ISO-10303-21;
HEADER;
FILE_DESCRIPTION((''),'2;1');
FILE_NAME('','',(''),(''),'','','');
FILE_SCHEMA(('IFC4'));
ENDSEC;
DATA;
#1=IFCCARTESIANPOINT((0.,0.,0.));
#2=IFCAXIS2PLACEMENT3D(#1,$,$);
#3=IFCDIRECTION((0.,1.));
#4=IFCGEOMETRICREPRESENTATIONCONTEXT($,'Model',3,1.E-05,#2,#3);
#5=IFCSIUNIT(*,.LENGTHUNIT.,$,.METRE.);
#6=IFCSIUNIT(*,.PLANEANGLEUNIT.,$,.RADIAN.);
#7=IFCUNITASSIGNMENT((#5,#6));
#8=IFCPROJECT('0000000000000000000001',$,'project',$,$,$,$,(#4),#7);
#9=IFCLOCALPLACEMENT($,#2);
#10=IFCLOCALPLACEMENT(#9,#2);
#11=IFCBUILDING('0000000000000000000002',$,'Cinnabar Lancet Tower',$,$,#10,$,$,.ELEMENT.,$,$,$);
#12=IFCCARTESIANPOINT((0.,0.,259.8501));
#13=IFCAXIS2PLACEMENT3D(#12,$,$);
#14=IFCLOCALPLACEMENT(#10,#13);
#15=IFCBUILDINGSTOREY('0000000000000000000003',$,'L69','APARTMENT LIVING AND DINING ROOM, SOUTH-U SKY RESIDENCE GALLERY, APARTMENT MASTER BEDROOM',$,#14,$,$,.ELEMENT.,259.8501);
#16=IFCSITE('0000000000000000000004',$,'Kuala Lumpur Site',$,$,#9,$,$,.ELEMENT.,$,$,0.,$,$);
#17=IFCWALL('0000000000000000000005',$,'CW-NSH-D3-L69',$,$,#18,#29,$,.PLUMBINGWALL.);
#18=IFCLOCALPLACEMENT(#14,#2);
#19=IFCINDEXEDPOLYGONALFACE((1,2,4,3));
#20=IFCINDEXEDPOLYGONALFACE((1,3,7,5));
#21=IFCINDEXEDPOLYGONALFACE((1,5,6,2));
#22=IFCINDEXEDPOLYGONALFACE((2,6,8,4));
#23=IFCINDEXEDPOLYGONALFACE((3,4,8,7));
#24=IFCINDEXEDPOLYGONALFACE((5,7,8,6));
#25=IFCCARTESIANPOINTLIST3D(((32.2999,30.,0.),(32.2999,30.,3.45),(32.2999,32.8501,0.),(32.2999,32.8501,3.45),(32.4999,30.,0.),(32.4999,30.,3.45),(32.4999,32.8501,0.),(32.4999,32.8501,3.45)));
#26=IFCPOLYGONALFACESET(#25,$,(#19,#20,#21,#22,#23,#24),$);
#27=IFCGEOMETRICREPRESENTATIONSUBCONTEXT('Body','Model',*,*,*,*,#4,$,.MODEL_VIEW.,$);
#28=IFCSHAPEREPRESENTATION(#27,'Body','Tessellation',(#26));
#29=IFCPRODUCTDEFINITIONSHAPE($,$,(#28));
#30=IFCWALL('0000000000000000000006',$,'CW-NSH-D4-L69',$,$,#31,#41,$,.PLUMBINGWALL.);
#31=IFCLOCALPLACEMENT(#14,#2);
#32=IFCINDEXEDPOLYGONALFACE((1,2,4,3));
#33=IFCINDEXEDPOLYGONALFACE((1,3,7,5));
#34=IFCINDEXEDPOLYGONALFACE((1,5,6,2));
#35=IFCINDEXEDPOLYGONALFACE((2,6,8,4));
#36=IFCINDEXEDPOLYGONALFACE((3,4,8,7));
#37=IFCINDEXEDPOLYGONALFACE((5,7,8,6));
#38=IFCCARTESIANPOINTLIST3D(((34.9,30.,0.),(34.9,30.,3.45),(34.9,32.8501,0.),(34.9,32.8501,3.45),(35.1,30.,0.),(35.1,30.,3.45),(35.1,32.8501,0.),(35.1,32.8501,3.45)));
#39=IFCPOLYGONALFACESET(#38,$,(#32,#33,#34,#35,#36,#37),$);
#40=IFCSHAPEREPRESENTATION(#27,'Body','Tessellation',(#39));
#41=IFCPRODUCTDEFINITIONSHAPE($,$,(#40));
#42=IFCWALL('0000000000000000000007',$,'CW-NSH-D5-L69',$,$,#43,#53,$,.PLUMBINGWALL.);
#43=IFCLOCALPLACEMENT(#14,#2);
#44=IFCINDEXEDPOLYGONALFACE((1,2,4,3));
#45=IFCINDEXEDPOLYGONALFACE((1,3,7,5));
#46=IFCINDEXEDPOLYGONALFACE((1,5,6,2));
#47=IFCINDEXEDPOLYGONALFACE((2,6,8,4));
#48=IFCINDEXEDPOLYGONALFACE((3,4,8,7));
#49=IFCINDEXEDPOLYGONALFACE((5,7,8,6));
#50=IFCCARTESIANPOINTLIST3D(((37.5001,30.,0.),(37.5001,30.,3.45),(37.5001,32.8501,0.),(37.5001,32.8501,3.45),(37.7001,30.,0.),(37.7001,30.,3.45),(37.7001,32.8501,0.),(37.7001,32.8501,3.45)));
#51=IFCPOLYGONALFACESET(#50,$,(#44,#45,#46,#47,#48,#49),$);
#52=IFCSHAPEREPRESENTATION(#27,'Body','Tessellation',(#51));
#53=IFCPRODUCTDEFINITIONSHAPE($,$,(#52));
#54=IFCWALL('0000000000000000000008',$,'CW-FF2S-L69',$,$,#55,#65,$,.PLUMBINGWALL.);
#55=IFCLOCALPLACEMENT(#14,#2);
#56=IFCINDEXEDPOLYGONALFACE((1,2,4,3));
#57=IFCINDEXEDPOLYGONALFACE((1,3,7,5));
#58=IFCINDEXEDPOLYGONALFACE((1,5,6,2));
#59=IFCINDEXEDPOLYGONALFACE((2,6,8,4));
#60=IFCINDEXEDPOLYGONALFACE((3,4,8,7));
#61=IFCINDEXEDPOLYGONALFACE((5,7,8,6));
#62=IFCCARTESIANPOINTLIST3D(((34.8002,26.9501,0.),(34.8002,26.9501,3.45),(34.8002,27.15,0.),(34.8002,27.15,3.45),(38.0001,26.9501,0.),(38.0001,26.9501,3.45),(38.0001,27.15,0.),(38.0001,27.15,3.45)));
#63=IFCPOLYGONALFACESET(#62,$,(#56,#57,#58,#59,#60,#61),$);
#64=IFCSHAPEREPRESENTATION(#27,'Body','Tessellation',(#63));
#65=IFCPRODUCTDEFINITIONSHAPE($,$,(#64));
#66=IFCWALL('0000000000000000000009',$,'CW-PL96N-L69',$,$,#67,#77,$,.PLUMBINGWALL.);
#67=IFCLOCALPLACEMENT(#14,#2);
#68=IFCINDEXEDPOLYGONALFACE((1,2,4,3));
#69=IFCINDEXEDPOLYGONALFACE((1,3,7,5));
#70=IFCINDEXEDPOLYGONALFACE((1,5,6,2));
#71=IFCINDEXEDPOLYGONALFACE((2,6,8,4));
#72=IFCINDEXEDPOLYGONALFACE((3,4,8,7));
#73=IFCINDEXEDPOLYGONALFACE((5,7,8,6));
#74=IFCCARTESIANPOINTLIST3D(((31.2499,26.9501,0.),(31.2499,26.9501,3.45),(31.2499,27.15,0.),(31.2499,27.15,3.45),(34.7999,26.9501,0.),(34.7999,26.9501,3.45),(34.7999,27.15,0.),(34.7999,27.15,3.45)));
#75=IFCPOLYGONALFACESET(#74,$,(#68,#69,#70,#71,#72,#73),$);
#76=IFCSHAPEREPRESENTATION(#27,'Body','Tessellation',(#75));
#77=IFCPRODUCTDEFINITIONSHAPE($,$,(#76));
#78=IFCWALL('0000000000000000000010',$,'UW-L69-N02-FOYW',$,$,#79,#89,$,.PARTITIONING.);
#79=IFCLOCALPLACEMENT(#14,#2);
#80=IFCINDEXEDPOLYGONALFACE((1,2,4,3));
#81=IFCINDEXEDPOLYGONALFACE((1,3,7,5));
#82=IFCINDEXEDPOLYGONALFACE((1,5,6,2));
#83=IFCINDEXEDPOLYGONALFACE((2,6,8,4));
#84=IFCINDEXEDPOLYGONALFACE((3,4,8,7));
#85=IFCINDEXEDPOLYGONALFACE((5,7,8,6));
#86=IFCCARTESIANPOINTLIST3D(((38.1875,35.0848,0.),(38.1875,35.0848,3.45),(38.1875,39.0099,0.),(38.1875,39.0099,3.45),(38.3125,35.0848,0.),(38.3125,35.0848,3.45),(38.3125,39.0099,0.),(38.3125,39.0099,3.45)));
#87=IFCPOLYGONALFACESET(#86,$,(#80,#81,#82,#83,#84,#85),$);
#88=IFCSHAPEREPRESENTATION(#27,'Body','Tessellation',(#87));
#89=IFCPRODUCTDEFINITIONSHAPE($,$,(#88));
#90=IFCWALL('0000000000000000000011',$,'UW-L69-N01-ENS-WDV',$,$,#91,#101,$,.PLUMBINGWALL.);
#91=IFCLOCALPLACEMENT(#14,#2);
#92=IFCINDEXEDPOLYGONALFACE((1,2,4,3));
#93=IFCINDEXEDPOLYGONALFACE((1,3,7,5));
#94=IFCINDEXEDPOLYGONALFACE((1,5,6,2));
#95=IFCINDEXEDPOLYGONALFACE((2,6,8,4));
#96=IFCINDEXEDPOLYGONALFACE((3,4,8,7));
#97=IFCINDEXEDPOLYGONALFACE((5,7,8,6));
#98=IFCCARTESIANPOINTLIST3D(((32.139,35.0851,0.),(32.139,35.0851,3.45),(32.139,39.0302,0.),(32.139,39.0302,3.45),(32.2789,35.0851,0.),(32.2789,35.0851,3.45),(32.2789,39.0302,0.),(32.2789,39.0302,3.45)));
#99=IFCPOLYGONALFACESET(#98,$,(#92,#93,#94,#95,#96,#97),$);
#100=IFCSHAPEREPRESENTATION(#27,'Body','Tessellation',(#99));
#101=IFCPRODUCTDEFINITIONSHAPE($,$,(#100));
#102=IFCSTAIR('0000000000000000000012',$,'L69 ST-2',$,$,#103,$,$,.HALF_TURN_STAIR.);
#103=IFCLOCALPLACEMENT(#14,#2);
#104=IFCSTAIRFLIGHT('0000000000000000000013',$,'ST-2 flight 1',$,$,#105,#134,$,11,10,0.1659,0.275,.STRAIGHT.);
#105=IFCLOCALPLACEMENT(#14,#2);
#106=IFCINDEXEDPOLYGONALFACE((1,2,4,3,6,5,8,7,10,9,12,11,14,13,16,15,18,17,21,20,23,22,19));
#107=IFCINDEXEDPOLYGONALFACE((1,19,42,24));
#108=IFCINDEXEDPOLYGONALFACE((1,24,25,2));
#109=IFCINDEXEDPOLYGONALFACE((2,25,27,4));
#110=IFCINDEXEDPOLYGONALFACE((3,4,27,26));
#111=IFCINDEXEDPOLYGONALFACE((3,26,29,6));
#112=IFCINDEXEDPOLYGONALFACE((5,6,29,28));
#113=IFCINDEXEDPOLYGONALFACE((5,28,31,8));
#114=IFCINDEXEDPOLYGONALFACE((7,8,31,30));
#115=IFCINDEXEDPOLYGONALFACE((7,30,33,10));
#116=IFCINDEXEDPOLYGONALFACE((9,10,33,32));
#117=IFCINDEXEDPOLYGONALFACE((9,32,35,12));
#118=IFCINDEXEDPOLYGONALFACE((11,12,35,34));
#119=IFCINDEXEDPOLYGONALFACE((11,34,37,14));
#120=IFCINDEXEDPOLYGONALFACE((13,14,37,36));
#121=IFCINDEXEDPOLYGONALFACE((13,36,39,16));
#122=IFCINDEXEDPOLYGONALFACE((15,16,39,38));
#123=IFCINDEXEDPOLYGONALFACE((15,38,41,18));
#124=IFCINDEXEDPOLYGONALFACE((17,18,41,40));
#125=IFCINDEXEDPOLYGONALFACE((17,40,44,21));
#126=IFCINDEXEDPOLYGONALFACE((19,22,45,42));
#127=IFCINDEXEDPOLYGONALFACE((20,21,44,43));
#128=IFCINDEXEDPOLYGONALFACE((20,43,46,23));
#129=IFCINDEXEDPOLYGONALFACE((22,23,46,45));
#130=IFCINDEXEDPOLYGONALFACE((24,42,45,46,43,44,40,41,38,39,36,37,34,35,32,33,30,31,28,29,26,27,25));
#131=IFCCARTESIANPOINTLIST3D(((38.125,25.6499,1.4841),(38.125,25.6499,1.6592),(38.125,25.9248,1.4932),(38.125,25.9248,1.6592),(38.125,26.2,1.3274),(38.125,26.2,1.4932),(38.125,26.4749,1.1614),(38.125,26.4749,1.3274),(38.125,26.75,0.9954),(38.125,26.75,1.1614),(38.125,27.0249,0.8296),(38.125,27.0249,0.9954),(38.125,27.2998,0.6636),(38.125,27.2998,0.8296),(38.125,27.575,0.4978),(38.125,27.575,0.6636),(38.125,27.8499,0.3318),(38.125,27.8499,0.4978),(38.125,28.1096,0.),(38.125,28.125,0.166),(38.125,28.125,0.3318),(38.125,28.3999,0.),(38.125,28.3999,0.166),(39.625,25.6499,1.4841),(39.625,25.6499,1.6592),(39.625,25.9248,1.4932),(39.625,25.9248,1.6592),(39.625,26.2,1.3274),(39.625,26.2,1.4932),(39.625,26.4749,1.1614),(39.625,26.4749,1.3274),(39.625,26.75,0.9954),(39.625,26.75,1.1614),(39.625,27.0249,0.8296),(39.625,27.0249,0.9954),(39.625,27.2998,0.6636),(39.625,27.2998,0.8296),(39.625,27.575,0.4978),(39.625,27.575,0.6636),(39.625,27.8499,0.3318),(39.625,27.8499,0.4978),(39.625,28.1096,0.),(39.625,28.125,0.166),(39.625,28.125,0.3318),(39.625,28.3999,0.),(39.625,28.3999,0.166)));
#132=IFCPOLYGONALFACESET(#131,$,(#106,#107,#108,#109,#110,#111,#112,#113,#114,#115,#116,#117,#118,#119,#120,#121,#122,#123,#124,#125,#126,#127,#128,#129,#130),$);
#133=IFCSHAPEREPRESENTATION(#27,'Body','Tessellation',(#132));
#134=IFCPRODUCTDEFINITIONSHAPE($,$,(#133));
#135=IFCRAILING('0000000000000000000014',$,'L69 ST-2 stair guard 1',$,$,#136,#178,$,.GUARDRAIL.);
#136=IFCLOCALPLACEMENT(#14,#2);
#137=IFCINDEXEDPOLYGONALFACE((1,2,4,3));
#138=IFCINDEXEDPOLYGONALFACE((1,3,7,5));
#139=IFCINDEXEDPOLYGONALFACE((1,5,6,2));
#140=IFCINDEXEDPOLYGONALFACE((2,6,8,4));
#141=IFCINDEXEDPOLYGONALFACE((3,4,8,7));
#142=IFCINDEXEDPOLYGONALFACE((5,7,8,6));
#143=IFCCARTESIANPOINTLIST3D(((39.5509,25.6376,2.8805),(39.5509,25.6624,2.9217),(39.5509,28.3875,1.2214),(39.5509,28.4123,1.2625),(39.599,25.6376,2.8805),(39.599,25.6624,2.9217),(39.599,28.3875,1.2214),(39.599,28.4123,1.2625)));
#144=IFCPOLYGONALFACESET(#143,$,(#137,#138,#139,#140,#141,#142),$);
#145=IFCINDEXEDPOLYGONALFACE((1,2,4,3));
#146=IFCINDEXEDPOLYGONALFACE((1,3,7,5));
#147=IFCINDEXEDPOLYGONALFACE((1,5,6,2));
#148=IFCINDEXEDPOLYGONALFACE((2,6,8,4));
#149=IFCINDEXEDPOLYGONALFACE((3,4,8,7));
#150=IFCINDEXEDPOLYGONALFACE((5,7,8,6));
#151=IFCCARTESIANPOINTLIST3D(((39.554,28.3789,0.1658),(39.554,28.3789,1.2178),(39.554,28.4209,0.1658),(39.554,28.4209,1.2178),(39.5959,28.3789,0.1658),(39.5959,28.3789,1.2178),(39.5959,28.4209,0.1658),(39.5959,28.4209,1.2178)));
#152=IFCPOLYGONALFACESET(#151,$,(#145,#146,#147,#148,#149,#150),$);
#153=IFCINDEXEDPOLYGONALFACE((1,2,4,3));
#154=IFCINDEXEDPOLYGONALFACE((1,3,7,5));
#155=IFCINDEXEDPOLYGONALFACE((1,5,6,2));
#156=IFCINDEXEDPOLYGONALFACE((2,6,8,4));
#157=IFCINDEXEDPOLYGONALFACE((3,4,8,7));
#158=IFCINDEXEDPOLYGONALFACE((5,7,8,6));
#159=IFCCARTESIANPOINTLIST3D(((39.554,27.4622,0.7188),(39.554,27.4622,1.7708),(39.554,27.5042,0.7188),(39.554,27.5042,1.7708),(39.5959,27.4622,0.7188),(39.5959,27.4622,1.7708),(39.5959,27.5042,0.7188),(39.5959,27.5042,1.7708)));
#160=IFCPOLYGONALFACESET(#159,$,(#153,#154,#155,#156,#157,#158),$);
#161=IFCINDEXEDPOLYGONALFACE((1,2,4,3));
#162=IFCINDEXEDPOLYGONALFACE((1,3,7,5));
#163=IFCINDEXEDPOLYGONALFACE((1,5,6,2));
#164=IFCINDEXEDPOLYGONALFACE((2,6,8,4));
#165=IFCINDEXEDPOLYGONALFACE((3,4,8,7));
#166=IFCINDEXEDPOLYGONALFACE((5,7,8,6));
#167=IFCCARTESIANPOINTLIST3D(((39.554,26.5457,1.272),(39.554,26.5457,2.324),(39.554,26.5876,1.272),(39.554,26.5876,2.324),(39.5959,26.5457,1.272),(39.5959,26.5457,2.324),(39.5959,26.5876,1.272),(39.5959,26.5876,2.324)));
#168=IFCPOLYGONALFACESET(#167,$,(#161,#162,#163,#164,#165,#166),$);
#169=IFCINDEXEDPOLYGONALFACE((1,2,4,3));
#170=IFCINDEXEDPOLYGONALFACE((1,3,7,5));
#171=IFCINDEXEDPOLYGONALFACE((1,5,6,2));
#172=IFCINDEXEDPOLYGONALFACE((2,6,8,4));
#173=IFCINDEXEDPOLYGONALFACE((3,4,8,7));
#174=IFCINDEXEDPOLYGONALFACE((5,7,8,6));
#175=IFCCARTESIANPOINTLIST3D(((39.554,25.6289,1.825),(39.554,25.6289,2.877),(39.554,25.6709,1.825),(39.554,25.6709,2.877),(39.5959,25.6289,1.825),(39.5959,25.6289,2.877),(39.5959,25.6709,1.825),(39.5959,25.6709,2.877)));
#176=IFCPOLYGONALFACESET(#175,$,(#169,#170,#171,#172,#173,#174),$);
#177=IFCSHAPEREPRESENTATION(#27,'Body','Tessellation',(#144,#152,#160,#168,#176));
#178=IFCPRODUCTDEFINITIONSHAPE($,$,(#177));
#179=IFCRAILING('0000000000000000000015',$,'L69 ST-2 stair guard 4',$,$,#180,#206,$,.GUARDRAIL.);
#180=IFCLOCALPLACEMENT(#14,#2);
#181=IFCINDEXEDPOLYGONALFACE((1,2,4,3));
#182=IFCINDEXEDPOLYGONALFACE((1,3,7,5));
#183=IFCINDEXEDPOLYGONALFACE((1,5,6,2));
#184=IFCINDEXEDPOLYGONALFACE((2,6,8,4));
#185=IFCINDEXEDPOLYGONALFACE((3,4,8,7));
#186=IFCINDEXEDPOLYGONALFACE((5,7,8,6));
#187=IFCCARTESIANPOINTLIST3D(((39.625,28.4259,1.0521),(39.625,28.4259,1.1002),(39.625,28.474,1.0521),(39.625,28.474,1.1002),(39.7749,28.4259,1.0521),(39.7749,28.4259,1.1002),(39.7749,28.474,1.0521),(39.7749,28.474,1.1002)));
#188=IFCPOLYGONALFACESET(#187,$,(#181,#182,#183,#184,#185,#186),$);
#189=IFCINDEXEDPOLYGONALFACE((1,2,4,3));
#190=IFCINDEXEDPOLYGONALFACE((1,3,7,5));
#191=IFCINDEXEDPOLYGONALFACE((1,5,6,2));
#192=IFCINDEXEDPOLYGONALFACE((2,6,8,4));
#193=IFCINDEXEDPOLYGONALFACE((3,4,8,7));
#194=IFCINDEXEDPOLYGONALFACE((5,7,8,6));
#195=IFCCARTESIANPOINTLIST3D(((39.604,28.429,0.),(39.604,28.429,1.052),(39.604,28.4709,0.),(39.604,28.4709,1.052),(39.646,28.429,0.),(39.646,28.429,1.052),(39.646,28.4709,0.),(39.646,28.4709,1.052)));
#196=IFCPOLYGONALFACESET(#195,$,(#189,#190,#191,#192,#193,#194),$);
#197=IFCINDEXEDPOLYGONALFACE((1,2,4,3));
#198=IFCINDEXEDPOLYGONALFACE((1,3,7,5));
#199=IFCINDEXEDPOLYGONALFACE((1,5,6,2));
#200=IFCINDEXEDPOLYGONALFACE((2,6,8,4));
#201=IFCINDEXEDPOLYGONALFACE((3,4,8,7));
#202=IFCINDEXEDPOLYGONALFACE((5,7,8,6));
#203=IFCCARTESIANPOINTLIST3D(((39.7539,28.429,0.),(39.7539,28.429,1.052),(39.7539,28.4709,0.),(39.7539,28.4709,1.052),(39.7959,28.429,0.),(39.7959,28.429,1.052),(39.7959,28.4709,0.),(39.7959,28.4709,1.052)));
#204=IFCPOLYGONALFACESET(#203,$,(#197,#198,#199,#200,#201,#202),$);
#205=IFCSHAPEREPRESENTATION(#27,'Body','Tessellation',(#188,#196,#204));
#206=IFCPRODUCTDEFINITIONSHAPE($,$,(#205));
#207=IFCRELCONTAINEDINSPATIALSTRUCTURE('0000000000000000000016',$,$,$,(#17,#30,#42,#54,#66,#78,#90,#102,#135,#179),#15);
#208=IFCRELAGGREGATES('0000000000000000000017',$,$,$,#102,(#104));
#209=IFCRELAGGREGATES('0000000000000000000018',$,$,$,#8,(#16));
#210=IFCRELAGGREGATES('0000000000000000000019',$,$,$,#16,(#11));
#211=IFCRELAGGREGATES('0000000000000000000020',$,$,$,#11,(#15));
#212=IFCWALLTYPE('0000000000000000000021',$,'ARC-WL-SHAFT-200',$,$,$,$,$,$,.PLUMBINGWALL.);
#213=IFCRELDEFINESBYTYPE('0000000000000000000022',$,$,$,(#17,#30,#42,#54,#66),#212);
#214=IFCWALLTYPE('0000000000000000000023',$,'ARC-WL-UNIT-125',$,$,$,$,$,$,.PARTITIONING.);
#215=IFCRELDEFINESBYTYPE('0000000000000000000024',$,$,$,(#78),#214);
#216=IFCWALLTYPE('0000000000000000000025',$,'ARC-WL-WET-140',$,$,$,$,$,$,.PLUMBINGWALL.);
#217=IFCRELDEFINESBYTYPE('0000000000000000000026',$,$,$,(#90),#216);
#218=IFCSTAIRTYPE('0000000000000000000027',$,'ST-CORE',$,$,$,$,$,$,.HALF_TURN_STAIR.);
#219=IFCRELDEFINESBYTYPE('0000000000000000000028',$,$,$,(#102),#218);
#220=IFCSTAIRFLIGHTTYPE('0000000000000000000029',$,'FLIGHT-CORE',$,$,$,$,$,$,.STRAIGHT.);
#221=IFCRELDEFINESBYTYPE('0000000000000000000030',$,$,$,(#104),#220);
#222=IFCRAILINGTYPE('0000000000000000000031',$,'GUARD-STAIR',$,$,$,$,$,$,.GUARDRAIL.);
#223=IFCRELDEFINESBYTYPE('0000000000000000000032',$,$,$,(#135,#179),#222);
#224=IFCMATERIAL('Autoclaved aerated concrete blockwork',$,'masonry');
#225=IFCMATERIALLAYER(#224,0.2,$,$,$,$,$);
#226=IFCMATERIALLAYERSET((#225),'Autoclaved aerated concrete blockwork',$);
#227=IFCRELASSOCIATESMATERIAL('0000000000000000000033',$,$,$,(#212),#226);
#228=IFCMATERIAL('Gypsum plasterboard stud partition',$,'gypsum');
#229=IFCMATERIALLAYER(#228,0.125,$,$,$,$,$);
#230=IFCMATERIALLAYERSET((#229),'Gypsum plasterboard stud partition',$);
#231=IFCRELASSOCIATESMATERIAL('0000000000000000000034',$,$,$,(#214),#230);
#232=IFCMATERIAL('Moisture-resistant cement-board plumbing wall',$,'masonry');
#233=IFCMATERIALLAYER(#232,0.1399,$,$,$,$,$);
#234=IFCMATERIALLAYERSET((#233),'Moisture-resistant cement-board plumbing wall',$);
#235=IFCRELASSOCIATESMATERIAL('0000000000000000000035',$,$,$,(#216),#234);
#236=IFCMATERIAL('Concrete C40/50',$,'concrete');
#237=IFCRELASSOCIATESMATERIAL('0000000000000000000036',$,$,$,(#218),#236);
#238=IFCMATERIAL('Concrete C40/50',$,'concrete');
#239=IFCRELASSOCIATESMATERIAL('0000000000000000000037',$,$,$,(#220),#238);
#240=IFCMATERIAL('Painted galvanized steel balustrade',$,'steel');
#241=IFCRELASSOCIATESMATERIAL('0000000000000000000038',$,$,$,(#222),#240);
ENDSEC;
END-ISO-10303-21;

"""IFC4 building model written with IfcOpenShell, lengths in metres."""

from ifc_helpers import new_model, si_unit, direction, frame, frame_2d, origin, origin_2d, place, context, subcontext, project, spatial, polyline, rectangle, outline, extrude, material, layer, layer_set, type_object, element, aggregate, save


model = new_model("IFC4")

# Units and contexts
model_context = context("Model", 3, precision=1e-05, world=origin(), true_north=direction((0.0, 1.0)))
body_context = subcontext(model_context, "Body", "Model", "MODEL_VIEW")
ifc_project = project(units=[si_unit("LENGTHUNIT", "METRE"), si_unit("PLANEANGLEUNIT", "RADIAN")], contexts=[model_context])

# Site, building, storey
site_placement = place(None, origin())
site = spatial("IfcSite", under=ifc_project, at=site_placement, Name="Kuala Lumpur Site", CompositionType="ELEMENT", RefElevation=0.0)
building_placement = place(site_placement, origin())
building = spatial("IfcBuilding", under=site, at=building_placement, Name="Cinnabar Lancet Tower", CompositionType="ELEMENT")
storey_placement = place(building_placement, frame((0.0, 0.0, 259.8501)))
storey = spatial("IfcBuildingStorey", under=building, at=storey_placement, Name="L69", Description="APARTMENT LIVING AND DINING ROOM, SOUTH-U SKY RESIDENCE GALLERY, APARTMENT MASTER BEDROOM", CompositionType="ELEMENT", Elevation=259.8501)

# Shared definitions
ifc_material_1 = material(Name="Autoclaved aerated concrete blockwork", Category="masonry")
ifc_layer_1 = layer(ifc_material_1, 0.2)
ifc_layer_set_1 = layer_set([ifc_layer_1], Name="Autoclaved aerated concrete blockwork")
wall_type_1 = type_object("IfcWallType", Name="ARC-WL-SHAFT-200", PredefinedType="PLUMBINGWALL", material=ifc_layer_set_1)

# Walls
for number, where, z_axis, x_axis, name in (
    (1, (32.3999, 30.0, 0.0), (0.0, 0.0, 1.0), (0.0, 1.0, 0.0), "CW-NSH-D3-L69"),
    (2, (35.0, 30.0, 0.0), (0.0, 0.0, 1.0), (0.0, 1.0, 0.0), "CW-NSH-D4-L69"),
    (3, (37.6001, 30.0, 0.0), (0.0, 0.0, 1.0), (0.0, 1.0, 0.0), "CW-NSH-D5-L69"),
):
    element("IfcWall", number, at=place(storey_placement, frame(where, z_axis=z_axis, x_axis=x_axis)), inside=storey, type_object=wall_type_1, Name=name, PredefinedType="PLUMBINGWALL", context=body_context, shape_type="SweptSolid", body=[
        extrude(rectangle(XDim=2.8501, YDim=0.2, at=frame_2d((1.425, 0.0))), origin(), (0.0, 0.0, 1.0), 3.45),
    ])

# Walls
wall_1_placement = place(storey_placement, frame((34.8, 27.05, 0.0), z_axis=(0.0, 0.0, 1.0), x_axis=(1.0, 0.0, 0.0)))
element("IfcWall", 4, at=wall_1_placement, inside=storey, type_object=wall_type_1, Name="CW-FF2S-L69", PredefinedType="PLUMBINGWALL", context=body_context, shape_type="SweptSolid", body=[
    extrude(rectangle(XDim=3.2, YDim=0.2, at=frame_2d((1.6001, 0.0))), origin(), (0.0, 0.0, 1.0), 3.45),
])
wall_2_placement = place(storey_placement, frame((31.25, 27.05, 0.0), z_axis=(0.0, 0.0, 1.0), x_axis=(1.0, 0.0, 0.0)))
element("IfcWall", 5, at=wall_2_placement, inside=storey, type_object=wall_type_1, Name="CW-PL96N-L69", PredefinedType="PLUMBINGWALL", context=body_context, shape_type="SweptSolid", body=[
    extrude(rectangle(XDim=3.55, YDim=0.2, at=frame_2d((1.7749, 0.0))), origin(), (0.0, 0.0, 1.0), 3.45),
])
ifc_material_2 = material(Name="Gypsum plasterboard stud partition", Category="gypsum")
ifc_layer_2 = layer(ifc_material_2, 0.125)
ifc_layer_set_2 = layer_set([ifc_layer_2], Name="Gypsum plasterboard stud partition")
wall_type_2 = type_object("IfcWallType", Name="ARC-WL-UNIT-125", PredefinedType="PARTITIONING", material=ifc_layer_set_2)
wall_3_placement = place(storey_placement, frame((38.25, 35.085, 0.0), z_axis=(0.0, 0.0, 1.0), x_axis=(0.0, 1.0, 0.0)))
element("IfcWall", 6, at=wall_3_placement, inside=storey, type_object=wall_type_2, Name="UW-L69-N02-FOYW", PredefinedType="PARTITIONING", context=body_context, shape_type="SweptSolid", body=[
    extrude(rectangle(XDim=3.925, YDim=0.125, at=frame_2d((1.9624, 0.0))), origin(), (0.0, 0.0, 1.0), 3.45),
])
ifc_material_3 = material(Name="Moisture-resistant cement-board plumbing wall", Category="masonry")
ifc_layer_3 = layer(ifc_material_3, 0.1399)
ifc_layer_set_3 = layer_set([ifc_layer_3], Name="Moisture-resistant cement-board plumbing wall")
wall_type_3 = type_object("IfcWallType", Name="ARC-WL-WET-140", PredefinedType="PLUMBINGWALL", material=ifc_layer_set_3)
wall_4_placement = place(storey_placement, frame((32.209, 35.085, 0.0), z_axis=(0.0, 0.0, 1.0), x_axis=(0.0, 1.0, 0.0)))
element("IfcWall", 7, at=wall_4_placement, inside=storey, type_object=wall_type_3, Name="UW-L69-N01-ENS-WDV", PredefinedType="PLUMBINGWALL", context=body_context, shape_type="SweptSolid", body=[
    extrude(rectangle(XDim=3.9451, YDim=0.1399, at=frame_2d((1.9727, 0.0))), origin(), (0.0, 0.0, 1.0), 3.45),
])

# Stair, stair flight
ifc_material_4 = material(Name="Concrete C40/50", Category="concrete")
stair_type = type_object("IfcStairType", Name="ST-CORE", PredefinedType="HALF_TURN_STAIR", material=ifc_material_4)
stair_placement = place(storey_placement, origin())
stair = element("IfcStair", 8, at=stair_placement, inside=storey, type_object=stair_type, Name="L69 ST-2", PredefinedType="HALF_TURN_STAIR")
ifc_material_5 = material(Name="Concrete C40/50", Category="concrete")
stair_flight_type = type_object("IfcStairFlightType", Name="FLIGHT-CORE", PredefinedType="STRAIGHT", material=ifc_material_5)
stair_flight_placement = place(storey_placement, frame((38.875, 28.3999, 0.0), z_axis=(0.0, 0.0, 1.0), x_axis=(0.0, -1.0, 0.0)))
stair_flight = element("IfcStairFlight", 9, at=stair_flight_placement, type_object=stair_flight_type, Name="ST-2 flight 1", NumberOfRisers=11, NumberOfTreads=10, PredefinedType="STRAIGHT", RiserHeight=0.1659, TreadLength=0.275, context=body_context, shape_type="SweptSolid", body=[
    extrude(outline(polyline([(0.0, 0.0), (0.0, 0.166), (0.2749, 0.166), (0.2749, 0.3318), (0.55, 0.3318), (0.55, 0.4978), (0.825, 0.4978), (0.825, 0.6636), (1.1001, 0.6636), (1.1001, 0.8296), (1.375, 0.8296), (1.375, 0.9954), (1.6499, 0.9954), (1.6499, 1.1614), (1.925, 1.1614), (1.925, 1.3274), (2.2, 1.3274), (2.2, 1.4932), (2.4751, 1.4932), (2.4751, 1.6592), (2.75, 1.6592), (2.75, 1.825), (2.75, 1.4841), (0.2903, 0.0), (0.0, 0.0)])), frame((0.0, 0.75, 0.0), z_axis=(0.0, -1.0, 0.0), x_axis=(1.0, 0.0, 0.0)), (0.0, 0.0, 1.0), 1.5),
])
aggregate(stair, [stair_flight])

# Railings
ifc_material_6 = material(Name="Painted galvanized steel balustrade", Category="steel")
railing_type_1 = type_object("IfcRailingType", Name="GUARD-STAIR", PredefinedType="GUARDRAIL", material=ifc_material_6)
railing_1_placement = place(storey_placement, frame((39.575, 28.3999, 0.1658)))
element("IfcRailing", 10, at=railing_1_placement, inside=storey, type_object=railing_type_1, Name="L69 ST-2 stair guard 1", PredefinedType="GUARDRAIL", context=body_context, shape_type="SweptSolid", body=[
    extrude(rectangle(XDim=0.0481, YDim=0.0481, at=origin_2d()), frame((0.0, 0.0, 1.0762), z_axis=(0.0, -0.856229, 0.516596), x_axis=(1.0, 0.0, 0.0)), (0.0, 0.0, 1.0), 3.2117),
    extrude(rectangle(XDim=0.042, YDim=0.042, at=origin_2d()), origin(), (0.0, 0.0, 1.0), 1.052),
    extrude(rectangle(XDim=0.042, YDim=0.042, at=origin_2d()), frame((0.0, -0.9167, 0.553)), (0.0, 0.0, 1.0), 1.052),
    extrude(rectangle(XDim=0.042, YDim=0.042, at=origin_2d()), frame((0.0, -1.8333, 1.1062)), (0.0, 0.0, 1.0), 1.052),
    extrude(rectangle(XDim=0.042, YDim=0.042, at=origin_2d()), frame((0.0, -2.75, 1.6592)), (0.0, 0.0, 1.0), 1.052),
])
railing_2_placement = place(storey_placement, frame((39.625, 28.45, 0.0)))
element("IfcRailing", 11, at=railing_2_placement, inside=storey, type_object=railing_type_1, Name="L69 ST-2 stair guard 4", PredefinedType="GUARDRAIL", context=body_context, shape_type="SweptSolid", body=[
    extrude(rectangle(XDim=0.0481, YDim=0.0481, at=origin_2d()), frame((0.0, 0.0, 1.0762), z_axis=(1.0, 0.0, 0.0), x_axis=(0.0, 1.0, 0.0)), (0.0, 0.0, 1.0), 0.1499),
    extrude(rectangle(XDim=0.042, YDim=0.042, at=origin_2d()), origin(), (0.0, 0.0, 1.0), 1.052),
    extrude(rectangle(XDim=0.042, YDim=0.042, at=origin_2d()), frame((0.1499, 0.0, 0.0)), (0.0, 0.0, 1.0), 1.052),
])

save(model, "model.ifc")
